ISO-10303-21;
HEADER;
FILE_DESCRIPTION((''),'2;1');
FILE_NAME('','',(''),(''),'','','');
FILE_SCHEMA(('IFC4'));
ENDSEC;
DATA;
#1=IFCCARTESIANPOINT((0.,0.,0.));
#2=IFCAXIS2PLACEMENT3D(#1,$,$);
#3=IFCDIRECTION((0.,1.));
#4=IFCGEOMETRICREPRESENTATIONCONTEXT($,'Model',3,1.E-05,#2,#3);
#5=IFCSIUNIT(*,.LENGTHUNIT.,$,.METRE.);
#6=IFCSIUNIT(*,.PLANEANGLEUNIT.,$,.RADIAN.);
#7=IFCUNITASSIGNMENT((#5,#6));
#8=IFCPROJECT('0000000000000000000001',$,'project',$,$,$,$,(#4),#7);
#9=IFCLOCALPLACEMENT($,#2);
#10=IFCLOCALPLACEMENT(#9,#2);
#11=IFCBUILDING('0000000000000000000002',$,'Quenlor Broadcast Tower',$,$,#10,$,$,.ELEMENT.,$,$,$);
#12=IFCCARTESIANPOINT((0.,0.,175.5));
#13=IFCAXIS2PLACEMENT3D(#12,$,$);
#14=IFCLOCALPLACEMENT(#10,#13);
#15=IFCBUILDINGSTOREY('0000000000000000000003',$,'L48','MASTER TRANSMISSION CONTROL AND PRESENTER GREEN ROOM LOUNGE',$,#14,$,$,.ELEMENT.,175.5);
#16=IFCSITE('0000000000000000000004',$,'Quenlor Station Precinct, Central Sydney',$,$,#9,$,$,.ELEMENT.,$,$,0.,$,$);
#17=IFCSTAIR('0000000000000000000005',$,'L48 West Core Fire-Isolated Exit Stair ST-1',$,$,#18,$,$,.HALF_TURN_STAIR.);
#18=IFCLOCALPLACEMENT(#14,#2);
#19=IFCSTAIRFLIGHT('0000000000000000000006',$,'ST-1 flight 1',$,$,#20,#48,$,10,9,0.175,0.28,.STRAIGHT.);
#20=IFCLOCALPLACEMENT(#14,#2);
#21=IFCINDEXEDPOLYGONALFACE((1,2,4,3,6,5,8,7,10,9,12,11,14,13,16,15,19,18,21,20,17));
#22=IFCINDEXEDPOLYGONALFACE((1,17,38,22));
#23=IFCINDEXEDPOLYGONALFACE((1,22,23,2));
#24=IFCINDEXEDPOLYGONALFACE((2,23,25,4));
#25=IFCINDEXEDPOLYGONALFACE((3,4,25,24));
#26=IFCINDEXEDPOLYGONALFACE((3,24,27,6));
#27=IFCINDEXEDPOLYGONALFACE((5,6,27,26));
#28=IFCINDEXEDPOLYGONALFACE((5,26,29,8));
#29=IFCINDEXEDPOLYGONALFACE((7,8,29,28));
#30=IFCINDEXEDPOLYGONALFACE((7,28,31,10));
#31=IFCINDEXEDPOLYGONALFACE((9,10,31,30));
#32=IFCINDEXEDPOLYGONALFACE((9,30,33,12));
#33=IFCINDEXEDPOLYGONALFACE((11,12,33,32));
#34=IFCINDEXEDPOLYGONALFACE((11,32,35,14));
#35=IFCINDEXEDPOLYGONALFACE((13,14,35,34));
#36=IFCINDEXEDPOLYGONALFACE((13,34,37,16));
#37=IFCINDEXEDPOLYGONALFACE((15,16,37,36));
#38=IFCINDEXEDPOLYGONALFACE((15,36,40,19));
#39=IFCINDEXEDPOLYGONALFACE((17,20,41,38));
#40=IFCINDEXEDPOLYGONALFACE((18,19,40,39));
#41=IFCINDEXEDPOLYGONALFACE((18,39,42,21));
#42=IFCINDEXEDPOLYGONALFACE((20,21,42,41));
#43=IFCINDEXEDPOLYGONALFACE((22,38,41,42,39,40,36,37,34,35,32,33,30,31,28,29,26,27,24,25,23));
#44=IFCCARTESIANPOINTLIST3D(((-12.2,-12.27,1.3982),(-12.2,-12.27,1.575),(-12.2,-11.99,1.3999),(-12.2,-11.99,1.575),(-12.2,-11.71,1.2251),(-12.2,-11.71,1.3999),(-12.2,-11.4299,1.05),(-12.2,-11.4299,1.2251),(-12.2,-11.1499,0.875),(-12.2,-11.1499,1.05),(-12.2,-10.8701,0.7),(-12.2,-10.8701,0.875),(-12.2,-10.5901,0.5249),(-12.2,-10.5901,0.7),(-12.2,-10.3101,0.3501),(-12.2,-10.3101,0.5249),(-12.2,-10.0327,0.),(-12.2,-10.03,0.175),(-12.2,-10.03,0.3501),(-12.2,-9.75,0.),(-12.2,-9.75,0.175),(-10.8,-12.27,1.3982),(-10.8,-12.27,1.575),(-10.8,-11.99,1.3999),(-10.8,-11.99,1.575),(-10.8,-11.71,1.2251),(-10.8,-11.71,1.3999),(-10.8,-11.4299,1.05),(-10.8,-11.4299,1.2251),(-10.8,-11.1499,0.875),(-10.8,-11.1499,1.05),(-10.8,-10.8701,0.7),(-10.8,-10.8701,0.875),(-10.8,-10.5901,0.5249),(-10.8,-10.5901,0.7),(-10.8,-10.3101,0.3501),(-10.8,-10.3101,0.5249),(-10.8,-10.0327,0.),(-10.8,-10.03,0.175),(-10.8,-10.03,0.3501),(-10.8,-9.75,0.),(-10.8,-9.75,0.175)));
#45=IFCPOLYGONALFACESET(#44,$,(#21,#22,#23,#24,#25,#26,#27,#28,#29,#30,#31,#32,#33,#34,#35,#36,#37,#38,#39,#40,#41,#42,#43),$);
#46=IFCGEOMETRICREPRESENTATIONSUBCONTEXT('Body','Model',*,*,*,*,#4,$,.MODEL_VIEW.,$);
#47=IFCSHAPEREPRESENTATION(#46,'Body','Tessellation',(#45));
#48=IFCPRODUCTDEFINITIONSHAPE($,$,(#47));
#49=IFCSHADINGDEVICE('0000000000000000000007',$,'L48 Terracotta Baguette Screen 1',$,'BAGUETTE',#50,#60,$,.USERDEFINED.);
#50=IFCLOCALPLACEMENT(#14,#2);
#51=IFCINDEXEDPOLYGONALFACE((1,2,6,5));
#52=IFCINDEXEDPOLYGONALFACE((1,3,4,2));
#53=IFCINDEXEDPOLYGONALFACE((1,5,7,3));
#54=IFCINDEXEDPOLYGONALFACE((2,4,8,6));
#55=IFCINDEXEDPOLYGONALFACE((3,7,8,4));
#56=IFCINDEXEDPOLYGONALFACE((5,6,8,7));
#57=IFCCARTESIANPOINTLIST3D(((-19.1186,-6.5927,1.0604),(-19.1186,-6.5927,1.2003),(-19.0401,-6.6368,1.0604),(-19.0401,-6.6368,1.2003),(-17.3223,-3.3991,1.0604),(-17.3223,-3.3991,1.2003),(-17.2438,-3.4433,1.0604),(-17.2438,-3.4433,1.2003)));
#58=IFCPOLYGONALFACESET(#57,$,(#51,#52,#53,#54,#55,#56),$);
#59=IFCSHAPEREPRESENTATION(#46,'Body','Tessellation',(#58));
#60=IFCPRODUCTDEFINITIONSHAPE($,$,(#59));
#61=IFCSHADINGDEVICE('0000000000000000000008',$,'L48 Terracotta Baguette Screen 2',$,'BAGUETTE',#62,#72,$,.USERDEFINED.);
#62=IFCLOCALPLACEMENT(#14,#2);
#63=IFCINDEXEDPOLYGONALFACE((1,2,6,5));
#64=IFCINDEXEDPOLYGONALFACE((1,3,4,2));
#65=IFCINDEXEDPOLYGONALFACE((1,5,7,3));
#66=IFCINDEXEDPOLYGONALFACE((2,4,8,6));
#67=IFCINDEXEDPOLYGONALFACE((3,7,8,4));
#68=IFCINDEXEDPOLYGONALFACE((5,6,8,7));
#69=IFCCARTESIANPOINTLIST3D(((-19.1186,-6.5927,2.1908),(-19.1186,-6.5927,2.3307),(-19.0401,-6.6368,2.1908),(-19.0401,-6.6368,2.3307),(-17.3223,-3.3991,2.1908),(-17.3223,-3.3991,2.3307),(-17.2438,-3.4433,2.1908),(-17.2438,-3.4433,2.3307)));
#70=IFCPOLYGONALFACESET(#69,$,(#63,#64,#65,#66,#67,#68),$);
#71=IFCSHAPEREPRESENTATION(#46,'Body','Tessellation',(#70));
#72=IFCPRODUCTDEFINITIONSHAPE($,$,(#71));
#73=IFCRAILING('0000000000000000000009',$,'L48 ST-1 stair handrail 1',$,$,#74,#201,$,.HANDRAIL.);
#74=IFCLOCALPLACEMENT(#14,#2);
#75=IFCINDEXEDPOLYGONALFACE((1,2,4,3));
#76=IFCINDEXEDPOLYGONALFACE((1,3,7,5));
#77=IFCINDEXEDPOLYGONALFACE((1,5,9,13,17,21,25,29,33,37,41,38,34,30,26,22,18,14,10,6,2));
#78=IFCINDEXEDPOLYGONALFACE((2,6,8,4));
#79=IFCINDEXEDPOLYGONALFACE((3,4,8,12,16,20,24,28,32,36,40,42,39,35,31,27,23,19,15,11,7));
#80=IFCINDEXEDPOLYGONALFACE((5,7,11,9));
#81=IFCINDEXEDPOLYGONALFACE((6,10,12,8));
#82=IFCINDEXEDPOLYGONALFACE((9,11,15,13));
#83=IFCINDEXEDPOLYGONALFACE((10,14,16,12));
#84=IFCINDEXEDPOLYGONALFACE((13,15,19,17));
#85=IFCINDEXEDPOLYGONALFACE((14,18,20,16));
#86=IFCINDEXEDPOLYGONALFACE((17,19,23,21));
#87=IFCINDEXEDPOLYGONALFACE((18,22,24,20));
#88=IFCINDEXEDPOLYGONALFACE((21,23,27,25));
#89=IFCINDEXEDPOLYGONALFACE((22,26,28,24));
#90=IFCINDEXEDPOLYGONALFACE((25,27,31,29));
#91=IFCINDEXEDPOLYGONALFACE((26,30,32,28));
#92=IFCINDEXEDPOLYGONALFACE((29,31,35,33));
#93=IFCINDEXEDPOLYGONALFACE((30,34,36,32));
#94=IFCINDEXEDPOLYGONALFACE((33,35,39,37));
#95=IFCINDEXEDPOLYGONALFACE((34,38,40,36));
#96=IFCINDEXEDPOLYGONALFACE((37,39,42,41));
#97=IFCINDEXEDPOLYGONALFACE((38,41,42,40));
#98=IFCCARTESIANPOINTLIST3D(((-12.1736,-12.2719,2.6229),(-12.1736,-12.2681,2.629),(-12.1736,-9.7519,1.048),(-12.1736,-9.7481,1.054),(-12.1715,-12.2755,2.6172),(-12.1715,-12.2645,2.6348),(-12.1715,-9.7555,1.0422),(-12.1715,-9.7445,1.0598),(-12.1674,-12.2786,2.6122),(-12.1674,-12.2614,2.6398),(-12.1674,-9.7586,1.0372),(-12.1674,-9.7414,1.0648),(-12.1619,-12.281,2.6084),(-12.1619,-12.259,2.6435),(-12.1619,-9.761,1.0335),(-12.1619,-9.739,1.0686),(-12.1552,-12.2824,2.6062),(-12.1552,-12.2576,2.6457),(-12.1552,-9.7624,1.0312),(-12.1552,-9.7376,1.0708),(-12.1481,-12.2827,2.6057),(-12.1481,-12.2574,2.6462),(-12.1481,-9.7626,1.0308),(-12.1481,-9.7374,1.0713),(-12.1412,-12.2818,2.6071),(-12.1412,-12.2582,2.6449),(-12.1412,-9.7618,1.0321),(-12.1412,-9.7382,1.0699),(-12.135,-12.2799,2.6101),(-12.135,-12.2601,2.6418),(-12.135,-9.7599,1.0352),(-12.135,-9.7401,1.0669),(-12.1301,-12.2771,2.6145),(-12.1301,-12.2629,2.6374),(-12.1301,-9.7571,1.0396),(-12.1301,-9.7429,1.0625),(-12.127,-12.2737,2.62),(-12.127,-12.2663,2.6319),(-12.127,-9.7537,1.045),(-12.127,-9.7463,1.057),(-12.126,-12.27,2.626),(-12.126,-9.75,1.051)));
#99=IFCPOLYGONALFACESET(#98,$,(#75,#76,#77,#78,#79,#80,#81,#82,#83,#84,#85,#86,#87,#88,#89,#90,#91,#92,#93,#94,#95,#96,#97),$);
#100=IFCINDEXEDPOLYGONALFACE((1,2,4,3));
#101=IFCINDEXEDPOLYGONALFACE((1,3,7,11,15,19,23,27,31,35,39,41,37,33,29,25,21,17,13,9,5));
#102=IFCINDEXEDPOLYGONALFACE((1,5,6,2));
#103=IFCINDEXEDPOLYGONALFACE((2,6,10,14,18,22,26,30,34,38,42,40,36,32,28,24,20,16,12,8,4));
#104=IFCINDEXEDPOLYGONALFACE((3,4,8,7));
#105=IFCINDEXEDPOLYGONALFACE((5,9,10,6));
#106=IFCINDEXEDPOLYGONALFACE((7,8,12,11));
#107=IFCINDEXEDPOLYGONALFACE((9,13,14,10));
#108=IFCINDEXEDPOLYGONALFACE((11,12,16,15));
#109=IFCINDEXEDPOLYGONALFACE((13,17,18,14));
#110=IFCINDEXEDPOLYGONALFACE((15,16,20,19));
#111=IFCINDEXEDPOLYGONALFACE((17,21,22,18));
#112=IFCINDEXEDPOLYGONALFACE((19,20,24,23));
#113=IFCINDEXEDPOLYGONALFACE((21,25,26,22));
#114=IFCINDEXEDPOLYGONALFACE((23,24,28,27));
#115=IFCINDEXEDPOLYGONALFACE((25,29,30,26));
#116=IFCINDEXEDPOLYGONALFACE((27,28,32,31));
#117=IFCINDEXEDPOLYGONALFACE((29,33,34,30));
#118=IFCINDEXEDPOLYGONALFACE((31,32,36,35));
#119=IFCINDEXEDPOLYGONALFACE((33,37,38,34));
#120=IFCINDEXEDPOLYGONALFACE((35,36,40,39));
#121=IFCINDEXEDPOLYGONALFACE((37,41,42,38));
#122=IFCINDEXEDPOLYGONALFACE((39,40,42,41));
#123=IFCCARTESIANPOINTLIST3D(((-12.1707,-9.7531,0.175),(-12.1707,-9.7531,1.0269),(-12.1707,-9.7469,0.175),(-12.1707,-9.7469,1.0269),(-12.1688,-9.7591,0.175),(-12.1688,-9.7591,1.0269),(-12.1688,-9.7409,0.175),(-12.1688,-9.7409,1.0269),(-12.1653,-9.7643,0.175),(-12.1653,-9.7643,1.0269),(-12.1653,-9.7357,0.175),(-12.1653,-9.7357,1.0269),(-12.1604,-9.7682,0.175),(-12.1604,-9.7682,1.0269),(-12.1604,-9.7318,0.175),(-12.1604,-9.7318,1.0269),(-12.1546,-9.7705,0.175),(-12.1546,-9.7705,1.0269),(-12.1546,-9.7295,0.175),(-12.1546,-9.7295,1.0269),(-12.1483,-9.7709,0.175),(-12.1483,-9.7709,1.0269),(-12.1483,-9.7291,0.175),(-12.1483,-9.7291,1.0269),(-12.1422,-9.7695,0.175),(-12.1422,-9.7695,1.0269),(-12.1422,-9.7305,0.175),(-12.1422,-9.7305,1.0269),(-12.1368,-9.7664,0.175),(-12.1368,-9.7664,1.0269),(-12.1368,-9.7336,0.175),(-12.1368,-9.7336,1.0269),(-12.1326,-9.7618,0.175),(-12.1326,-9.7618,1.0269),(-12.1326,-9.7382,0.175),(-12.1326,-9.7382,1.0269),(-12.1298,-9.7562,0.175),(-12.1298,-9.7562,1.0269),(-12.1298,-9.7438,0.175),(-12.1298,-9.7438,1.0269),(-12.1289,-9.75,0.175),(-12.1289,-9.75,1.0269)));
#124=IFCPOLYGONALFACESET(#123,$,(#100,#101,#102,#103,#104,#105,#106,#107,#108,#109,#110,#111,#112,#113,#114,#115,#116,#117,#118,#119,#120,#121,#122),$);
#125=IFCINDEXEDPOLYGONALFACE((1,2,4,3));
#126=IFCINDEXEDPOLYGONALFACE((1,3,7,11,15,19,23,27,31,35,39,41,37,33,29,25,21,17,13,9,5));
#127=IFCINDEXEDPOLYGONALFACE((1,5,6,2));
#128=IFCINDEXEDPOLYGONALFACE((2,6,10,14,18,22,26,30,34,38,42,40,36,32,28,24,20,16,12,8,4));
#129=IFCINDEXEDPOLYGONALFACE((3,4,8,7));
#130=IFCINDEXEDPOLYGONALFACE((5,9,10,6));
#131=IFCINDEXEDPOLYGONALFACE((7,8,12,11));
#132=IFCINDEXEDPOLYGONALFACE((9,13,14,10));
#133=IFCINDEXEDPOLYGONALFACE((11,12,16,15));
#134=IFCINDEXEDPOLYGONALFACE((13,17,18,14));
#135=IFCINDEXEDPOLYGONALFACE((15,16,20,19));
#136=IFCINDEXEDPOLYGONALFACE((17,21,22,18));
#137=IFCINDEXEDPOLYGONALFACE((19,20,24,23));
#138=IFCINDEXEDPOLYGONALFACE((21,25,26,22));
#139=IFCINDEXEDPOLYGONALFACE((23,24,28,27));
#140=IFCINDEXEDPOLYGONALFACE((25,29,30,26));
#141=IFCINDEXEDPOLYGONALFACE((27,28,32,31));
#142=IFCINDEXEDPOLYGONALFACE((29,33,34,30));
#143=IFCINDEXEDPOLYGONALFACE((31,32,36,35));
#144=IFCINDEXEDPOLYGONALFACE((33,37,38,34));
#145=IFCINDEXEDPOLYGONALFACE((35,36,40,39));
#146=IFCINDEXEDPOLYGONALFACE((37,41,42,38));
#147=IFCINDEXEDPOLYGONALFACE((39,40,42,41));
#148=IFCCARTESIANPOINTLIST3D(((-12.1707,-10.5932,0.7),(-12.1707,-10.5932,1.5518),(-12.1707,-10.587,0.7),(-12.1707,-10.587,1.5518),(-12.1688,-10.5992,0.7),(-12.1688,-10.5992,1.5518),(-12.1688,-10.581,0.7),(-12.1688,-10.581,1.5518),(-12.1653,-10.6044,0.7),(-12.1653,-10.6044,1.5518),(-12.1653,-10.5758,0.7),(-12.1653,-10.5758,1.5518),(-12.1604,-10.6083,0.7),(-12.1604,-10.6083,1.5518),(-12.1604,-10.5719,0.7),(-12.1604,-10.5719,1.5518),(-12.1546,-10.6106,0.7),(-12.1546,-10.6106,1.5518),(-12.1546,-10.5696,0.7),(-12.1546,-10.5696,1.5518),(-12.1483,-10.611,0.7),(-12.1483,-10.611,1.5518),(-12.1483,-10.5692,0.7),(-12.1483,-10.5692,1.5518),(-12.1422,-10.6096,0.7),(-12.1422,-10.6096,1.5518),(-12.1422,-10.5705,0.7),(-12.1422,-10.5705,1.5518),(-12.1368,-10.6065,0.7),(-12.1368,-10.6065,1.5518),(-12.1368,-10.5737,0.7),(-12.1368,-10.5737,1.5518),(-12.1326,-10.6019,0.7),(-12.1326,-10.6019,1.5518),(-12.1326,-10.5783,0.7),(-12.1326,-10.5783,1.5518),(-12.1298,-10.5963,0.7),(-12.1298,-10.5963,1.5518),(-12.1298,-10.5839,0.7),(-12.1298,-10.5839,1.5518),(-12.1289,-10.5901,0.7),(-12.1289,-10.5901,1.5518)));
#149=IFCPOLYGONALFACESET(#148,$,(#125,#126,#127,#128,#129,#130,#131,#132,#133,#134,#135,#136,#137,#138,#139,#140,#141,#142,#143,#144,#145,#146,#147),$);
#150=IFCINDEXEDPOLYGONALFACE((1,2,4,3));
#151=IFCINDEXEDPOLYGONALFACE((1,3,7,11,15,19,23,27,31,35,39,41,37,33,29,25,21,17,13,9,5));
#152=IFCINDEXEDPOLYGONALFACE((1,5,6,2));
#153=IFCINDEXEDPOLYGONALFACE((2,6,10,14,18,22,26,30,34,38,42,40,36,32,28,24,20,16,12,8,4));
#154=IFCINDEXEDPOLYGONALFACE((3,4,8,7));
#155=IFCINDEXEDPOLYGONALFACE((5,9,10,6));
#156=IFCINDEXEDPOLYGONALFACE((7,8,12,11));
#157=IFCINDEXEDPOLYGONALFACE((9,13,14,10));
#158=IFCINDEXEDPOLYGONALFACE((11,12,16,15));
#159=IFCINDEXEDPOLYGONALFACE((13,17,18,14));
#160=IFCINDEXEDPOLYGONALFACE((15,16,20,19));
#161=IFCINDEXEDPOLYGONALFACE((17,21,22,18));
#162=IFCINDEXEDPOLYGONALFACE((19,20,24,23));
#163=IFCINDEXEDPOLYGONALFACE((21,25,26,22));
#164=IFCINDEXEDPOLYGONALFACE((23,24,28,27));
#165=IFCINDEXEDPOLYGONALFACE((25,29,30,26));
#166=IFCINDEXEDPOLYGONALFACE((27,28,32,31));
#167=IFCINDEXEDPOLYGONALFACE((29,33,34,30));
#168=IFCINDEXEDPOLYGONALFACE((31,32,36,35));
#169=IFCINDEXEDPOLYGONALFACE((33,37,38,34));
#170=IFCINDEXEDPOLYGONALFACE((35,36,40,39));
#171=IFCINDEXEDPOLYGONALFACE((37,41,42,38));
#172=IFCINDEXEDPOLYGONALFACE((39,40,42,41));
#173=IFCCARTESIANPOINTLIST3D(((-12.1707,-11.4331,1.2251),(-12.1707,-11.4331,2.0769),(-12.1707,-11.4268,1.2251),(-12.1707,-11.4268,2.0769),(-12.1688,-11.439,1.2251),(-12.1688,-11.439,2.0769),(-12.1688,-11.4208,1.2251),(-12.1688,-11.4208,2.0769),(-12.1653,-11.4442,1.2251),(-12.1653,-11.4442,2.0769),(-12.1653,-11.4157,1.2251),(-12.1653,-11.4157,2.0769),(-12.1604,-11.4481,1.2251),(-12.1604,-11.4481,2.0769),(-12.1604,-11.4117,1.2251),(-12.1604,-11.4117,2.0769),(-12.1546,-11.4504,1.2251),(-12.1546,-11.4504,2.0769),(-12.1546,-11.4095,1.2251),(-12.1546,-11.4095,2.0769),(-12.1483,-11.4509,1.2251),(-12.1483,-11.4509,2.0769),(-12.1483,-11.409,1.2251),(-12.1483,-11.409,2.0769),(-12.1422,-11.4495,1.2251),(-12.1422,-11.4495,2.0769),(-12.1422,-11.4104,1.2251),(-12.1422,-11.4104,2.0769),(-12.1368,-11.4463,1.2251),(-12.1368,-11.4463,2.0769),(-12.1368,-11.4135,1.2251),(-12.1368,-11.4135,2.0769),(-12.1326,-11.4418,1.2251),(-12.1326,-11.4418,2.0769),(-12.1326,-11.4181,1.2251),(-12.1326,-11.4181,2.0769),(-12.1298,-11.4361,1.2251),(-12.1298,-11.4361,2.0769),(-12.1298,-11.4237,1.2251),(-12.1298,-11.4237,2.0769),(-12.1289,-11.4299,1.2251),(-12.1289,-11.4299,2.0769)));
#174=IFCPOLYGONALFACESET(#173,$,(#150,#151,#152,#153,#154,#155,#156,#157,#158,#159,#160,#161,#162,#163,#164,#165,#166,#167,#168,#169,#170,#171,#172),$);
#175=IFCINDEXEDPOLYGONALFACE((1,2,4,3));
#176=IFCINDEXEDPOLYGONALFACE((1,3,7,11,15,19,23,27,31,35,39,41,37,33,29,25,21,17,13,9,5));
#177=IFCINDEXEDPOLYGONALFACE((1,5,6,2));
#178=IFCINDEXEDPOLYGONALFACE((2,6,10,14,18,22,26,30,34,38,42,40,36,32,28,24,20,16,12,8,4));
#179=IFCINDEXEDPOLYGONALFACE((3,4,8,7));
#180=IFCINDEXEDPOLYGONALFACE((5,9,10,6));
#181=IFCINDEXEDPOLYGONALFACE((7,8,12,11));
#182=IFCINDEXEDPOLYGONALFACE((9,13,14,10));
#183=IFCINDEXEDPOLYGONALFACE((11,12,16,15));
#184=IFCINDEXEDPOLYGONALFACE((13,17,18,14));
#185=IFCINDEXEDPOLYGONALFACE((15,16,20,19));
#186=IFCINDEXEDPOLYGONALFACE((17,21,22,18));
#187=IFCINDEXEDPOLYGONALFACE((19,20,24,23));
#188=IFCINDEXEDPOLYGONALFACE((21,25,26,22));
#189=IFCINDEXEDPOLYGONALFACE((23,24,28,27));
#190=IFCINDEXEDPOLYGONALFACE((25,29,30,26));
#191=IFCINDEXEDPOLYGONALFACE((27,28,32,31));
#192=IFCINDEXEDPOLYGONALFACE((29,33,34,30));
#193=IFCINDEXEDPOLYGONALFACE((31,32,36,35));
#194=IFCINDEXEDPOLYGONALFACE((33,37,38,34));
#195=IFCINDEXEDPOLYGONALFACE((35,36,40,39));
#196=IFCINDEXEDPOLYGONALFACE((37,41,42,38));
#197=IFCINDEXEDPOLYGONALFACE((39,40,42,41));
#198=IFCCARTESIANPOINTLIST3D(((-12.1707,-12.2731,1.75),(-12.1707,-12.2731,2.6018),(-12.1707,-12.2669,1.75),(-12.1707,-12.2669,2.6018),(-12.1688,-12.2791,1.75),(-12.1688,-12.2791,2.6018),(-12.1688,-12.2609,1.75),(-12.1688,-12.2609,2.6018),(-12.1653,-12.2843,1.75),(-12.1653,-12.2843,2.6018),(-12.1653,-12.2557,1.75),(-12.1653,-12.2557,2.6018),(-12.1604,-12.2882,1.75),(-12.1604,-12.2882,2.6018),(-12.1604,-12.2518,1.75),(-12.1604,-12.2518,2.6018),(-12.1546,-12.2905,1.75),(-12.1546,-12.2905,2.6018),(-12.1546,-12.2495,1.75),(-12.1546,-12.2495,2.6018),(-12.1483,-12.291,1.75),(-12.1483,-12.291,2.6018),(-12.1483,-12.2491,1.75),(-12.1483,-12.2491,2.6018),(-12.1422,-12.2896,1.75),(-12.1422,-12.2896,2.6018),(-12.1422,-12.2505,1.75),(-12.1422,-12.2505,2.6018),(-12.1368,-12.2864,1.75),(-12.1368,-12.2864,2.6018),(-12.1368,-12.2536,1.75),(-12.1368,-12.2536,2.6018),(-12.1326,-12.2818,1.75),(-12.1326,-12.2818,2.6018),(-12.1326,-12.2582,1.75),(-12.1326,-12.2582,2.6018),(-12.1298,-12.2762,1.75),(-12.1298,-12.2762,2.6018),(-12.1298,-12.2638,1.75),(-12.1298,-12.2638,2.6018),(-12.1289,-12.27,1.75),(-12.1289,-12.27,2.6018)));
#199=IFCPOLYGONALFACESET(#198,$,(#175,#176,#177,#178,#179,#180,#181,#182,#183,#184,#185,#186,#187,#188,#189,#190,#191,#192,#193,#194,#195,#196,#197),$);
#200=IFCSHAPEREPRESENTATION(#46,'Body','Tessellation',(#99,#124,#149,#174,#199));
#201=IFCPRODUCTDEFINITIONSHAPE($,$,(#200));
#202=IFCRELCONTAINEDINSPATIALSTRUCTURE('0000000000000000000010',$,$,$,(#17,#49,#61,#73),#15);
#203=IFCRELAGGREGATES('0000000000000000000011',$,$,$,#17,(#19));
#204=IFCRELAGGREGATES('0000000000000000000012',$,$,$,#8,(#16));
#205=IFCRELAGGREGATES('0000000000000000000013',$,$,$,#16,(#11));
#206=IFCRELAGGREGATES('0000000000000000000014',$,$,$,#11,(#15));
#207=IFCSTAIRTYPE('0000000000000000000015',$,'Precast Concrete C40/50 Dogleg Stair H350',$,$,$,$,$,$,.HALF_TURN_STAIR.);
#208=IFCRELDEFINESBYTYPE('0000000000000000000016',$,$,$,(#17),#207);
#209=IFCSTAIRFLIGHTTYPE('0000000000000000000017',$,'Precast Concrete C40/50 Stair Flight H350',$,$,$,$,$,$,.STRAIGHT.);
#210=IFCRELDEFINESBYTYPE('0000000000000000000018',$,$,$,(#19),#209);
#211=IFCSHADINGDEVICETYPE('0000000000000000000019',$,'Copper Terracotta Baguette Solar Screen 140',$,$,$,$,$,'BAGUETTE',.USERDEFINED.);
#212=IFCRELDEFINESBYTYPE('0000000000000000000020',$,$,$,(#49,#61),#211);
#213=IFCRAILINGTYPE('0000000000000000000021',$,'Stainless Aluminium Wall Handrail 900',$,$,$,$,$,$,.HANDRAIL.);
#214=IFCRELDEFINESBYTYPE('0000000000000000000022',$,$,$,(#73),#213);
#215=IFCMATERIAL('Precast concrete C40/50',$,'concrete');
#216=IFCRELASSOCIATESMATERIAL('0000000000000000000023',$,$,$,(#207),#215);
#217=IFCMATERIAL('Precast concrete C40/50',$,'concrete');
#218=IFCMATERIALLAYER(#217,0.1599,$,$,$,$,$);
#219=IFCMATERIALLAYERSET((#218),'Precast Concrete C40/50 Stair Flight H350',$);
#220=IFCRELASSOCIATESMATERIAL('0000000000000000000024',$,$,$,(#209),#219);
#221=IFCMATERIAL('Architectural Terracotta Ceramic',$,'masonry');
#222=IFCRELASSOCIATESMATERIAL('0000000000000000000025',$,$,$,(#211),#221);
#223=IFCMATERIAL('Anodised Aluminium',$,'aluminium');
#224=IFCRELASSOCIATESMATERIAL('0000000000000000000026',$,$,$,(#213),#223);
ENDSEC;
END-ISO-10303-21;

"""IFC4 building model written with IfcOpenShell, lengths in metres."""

from ifc_helpers import new_model, si_unit, direction, frame, origin, origin_2d, place, context, subcontext, project, spatial, polyline, rectangle, circle, outline, extrude, material, layer, layer_set, material_profile, profile_set, type_object, element, aggregate, save


model = new_model("IFC4")

# Units and contexts
model_context = context("Model", 3, precision=1e-05, world=origin(), true_north=direction((0.0, 1.0)))
body_context = subcontext(model_context, "Body", "Model", "MODEL_VIEW")
ifc_project = project(units=[si_unit("LENGTHUNIT", "METRE"), si_unit("PLANEANGLEUNIT", "RADIAN")], contexts=[model_context])

# Site, building, storey
site_placement = place(None, origin())
site = spatial("IfcSite", under=ifc_project, at=site_placement, Name="Quenlor Station Precinct, Central Sydney", CompositionType="ELEMENT", RefElevation=0.0)
building_placement = place(site_placement, origin())
building = spatial("IfcBuilding", under=site, at=building_placement, Name="Quenlor Broadcast Tower", CompositionType="ELEMENT")
storey_placement = place(building_placement, frame((0.0, 0.0, 175.5)))
storey = spatial("IfcBuildingStorey", under=building, at=storey_placement, Name="L48", Description="MASTER TRANSMISSION CONTROL AND PRESENTER GREEN ROOM LOUNGE", CompositionType="ELEMENT", Elevation=175.5)

# Stair, stair flight
ifc_material_1 = material(Name="Precast concrete C40/50", Category="concrete")
stair_type = type_object("IfcStairType", Name="Precast Concrete C40/50 Dogleg Stair H350", PredefinedType="HALF_TURN_STAIR", material=ifc_material_1)
stair_placement = place(storey_placement, origin())
stair = element("IfcStair", 1, at=stair_placement, inside=storey, type_object=stair_type, Name="L48 West Core Fire-Isolated Exit Stair ST-1", PredefinedType="HALF_TURN_STAIR")
ifc_material_2 = material(Name="Precast concrete C40/50", Category="concrete")
ifc_layer_1 = layer(ifc_material_2, 0.1599)
ifc_layer_set_1 = layer_set([ifc_layer_1], Name="Precast Concrete C40/50 Stair Flight H350")
stair_flight_type = type_object("IfcStairFlightType", Name="Precast Concrete C40/50 Stair Flight H350", PredefinedType="STRAIGHT", material=ifc_layer_set_1)
stair_flight_placement = place(storey_placement, frame((-11.5, -9.75, 0.0), z_axis=(0.0, 0.0, 1.0), x_axis=(0.0, -1.0, 0.0)))
stair_flight = element("IfcStairFlight", 2, at=stair_flight_placement, type_object=stair_flight_type, Name="ST-1 flight 1", NumberOfRisers=10, NumberOfTreads=9, PredefinedType="STRAIGHT", RiserHeight=0.175, TreadLength=0.28, context=body_context, shape_type="SweptSolid", body=[
    extrude(outline(polyline([(0.0, 0.0), (0.0, 0.175), (0.28, 0.175), (0.28, 0.3501), (0.5601, 0.3501), (0.5601, 0.5249), (0.8401, 0.5249), (0.8401, 0.7), (1.1201, 0.7), (1.1201, 0.875), (1.3999, 0.875), (1.3999, 1.05), (1.6799, 1.05), (1.6799, 1.2251), (1.96, 1.2251), (1.96, 1.3999), (2.24, 1.3999), (2.24, 1.575), (2.52, 1.575), (2.52, 1.75), (2.52, 1.3982), (0.2827, 0.0), (0.0, 0.0)])), frame((0.0, 0.7, 0.0), z_axis=(0.0, -1.0, 0.0), x_axis=(1.0, 0.0, 0.0)), (0.0, 0.0, 1.0), 1.3999),
])
aggregate(stair, [stair_flight])

# Shading devices
ifc_material_3 = material(Name="Architectural Terracotta Ceramic", Category="masonry")
ifc_material_profile_1 = material_profile(ifc_material_3, rectangle(XDim=0.0901, YDim=0.1399, at=origin_2d()))
ifc_profile_set_1 = profile_set([ifc_material_profile_1], Name="Architectural Terracotta Ceramic BAG90x140")
shading_device_type = type_object("IfcShadingDeviceType", Name="Copper Terracotta Baguette Solar Screen 140", ElementType="BAGUETTE", PredefinedType="USERDEFINED", material=ifc_profile_set_1)
for number, where, z_axis, x_axis, name in (
    (3, (-19.0793, -6.6147, 1.1304), (0.490258, 0.871577, 0.0), (-0.871577, 0.490258, 0.0), "L48 Terracotta Baguette Screen 1"),
    (4, (-19.0793, -6.6147, 2.2607), (0.490258, 0.871577, 0.0), (-0.871577, 0.490258, 0.0), "L48 Terracotta Baguette Screen 2"),
):
    element("IfcShadingDevice", number, at=place(storey_placement, frame(where, z_axis=z_axis, x_axis=x_axis)), inside=storey, type_object=shading_device_type, Name=name, ObjectType="BAGUETTE", PredefinedType="USERDEFINED", context=body_context, shape_type="SweptSolid", body=[
        extrude(rectangle(XDim=0.0901, YDim=0.1399, at=origin_2d()), origin(), (0.0, 0.0, 1.0), 3.6641),
    ])

# Railing
ifc_material_4 = material(Name="Anodised Aluminium", Category="aluminium")
railing_type = type_object("IfcRailingType", Name="Stainless Aluminium Wall Handrail 900", PredefinedType="HANDRAIL", material=ifc_material_4)
railing_placement = place(storey_placement, frame((-12.1499, -9.75, 0.175)))
element("IfcRailing", 5, at=railing_placement, inside=storey, type_object=railing_type, Name="L48 ST-1 stair handrail 1", PredefinedType="HANDRAIL", context=body_context, shape_type="SweptSolid", body=[
    extrude(circle(Radius=0.0239, at=origin_2d()), frame((0.0, 0.0, 0.876), z_axis=(0.0, -0.848008, 0.529984), x_axis=(1.0, 0.0, 0.0)), (0.0, 0.0, 1.0), 2.9717),
    extrude(circle(Radius=0.021, at=origin_2d()), origin(), (0.0, 0.0, 1.0), 0.8518),
    extrude(circle(Radius=0.021, at=origin_2d()), frame((0.0, -0.8401, 0.5249)), (0.0, 0.0, 1.0), 0.8518),
    extrude(circle(Radius=0.021, at=origin_2d()), frame((0.0, -1.6799, 1.05)), (0.0, 0.0, 1.0), 0.8518),
    extrude(circle(Radius=0.021, at=origin_2d()), frame((0.0, -2.52, 1.575)), (0.0, 0.0, 1.0), 0.8518),
])

save(model, "model.ifc")
